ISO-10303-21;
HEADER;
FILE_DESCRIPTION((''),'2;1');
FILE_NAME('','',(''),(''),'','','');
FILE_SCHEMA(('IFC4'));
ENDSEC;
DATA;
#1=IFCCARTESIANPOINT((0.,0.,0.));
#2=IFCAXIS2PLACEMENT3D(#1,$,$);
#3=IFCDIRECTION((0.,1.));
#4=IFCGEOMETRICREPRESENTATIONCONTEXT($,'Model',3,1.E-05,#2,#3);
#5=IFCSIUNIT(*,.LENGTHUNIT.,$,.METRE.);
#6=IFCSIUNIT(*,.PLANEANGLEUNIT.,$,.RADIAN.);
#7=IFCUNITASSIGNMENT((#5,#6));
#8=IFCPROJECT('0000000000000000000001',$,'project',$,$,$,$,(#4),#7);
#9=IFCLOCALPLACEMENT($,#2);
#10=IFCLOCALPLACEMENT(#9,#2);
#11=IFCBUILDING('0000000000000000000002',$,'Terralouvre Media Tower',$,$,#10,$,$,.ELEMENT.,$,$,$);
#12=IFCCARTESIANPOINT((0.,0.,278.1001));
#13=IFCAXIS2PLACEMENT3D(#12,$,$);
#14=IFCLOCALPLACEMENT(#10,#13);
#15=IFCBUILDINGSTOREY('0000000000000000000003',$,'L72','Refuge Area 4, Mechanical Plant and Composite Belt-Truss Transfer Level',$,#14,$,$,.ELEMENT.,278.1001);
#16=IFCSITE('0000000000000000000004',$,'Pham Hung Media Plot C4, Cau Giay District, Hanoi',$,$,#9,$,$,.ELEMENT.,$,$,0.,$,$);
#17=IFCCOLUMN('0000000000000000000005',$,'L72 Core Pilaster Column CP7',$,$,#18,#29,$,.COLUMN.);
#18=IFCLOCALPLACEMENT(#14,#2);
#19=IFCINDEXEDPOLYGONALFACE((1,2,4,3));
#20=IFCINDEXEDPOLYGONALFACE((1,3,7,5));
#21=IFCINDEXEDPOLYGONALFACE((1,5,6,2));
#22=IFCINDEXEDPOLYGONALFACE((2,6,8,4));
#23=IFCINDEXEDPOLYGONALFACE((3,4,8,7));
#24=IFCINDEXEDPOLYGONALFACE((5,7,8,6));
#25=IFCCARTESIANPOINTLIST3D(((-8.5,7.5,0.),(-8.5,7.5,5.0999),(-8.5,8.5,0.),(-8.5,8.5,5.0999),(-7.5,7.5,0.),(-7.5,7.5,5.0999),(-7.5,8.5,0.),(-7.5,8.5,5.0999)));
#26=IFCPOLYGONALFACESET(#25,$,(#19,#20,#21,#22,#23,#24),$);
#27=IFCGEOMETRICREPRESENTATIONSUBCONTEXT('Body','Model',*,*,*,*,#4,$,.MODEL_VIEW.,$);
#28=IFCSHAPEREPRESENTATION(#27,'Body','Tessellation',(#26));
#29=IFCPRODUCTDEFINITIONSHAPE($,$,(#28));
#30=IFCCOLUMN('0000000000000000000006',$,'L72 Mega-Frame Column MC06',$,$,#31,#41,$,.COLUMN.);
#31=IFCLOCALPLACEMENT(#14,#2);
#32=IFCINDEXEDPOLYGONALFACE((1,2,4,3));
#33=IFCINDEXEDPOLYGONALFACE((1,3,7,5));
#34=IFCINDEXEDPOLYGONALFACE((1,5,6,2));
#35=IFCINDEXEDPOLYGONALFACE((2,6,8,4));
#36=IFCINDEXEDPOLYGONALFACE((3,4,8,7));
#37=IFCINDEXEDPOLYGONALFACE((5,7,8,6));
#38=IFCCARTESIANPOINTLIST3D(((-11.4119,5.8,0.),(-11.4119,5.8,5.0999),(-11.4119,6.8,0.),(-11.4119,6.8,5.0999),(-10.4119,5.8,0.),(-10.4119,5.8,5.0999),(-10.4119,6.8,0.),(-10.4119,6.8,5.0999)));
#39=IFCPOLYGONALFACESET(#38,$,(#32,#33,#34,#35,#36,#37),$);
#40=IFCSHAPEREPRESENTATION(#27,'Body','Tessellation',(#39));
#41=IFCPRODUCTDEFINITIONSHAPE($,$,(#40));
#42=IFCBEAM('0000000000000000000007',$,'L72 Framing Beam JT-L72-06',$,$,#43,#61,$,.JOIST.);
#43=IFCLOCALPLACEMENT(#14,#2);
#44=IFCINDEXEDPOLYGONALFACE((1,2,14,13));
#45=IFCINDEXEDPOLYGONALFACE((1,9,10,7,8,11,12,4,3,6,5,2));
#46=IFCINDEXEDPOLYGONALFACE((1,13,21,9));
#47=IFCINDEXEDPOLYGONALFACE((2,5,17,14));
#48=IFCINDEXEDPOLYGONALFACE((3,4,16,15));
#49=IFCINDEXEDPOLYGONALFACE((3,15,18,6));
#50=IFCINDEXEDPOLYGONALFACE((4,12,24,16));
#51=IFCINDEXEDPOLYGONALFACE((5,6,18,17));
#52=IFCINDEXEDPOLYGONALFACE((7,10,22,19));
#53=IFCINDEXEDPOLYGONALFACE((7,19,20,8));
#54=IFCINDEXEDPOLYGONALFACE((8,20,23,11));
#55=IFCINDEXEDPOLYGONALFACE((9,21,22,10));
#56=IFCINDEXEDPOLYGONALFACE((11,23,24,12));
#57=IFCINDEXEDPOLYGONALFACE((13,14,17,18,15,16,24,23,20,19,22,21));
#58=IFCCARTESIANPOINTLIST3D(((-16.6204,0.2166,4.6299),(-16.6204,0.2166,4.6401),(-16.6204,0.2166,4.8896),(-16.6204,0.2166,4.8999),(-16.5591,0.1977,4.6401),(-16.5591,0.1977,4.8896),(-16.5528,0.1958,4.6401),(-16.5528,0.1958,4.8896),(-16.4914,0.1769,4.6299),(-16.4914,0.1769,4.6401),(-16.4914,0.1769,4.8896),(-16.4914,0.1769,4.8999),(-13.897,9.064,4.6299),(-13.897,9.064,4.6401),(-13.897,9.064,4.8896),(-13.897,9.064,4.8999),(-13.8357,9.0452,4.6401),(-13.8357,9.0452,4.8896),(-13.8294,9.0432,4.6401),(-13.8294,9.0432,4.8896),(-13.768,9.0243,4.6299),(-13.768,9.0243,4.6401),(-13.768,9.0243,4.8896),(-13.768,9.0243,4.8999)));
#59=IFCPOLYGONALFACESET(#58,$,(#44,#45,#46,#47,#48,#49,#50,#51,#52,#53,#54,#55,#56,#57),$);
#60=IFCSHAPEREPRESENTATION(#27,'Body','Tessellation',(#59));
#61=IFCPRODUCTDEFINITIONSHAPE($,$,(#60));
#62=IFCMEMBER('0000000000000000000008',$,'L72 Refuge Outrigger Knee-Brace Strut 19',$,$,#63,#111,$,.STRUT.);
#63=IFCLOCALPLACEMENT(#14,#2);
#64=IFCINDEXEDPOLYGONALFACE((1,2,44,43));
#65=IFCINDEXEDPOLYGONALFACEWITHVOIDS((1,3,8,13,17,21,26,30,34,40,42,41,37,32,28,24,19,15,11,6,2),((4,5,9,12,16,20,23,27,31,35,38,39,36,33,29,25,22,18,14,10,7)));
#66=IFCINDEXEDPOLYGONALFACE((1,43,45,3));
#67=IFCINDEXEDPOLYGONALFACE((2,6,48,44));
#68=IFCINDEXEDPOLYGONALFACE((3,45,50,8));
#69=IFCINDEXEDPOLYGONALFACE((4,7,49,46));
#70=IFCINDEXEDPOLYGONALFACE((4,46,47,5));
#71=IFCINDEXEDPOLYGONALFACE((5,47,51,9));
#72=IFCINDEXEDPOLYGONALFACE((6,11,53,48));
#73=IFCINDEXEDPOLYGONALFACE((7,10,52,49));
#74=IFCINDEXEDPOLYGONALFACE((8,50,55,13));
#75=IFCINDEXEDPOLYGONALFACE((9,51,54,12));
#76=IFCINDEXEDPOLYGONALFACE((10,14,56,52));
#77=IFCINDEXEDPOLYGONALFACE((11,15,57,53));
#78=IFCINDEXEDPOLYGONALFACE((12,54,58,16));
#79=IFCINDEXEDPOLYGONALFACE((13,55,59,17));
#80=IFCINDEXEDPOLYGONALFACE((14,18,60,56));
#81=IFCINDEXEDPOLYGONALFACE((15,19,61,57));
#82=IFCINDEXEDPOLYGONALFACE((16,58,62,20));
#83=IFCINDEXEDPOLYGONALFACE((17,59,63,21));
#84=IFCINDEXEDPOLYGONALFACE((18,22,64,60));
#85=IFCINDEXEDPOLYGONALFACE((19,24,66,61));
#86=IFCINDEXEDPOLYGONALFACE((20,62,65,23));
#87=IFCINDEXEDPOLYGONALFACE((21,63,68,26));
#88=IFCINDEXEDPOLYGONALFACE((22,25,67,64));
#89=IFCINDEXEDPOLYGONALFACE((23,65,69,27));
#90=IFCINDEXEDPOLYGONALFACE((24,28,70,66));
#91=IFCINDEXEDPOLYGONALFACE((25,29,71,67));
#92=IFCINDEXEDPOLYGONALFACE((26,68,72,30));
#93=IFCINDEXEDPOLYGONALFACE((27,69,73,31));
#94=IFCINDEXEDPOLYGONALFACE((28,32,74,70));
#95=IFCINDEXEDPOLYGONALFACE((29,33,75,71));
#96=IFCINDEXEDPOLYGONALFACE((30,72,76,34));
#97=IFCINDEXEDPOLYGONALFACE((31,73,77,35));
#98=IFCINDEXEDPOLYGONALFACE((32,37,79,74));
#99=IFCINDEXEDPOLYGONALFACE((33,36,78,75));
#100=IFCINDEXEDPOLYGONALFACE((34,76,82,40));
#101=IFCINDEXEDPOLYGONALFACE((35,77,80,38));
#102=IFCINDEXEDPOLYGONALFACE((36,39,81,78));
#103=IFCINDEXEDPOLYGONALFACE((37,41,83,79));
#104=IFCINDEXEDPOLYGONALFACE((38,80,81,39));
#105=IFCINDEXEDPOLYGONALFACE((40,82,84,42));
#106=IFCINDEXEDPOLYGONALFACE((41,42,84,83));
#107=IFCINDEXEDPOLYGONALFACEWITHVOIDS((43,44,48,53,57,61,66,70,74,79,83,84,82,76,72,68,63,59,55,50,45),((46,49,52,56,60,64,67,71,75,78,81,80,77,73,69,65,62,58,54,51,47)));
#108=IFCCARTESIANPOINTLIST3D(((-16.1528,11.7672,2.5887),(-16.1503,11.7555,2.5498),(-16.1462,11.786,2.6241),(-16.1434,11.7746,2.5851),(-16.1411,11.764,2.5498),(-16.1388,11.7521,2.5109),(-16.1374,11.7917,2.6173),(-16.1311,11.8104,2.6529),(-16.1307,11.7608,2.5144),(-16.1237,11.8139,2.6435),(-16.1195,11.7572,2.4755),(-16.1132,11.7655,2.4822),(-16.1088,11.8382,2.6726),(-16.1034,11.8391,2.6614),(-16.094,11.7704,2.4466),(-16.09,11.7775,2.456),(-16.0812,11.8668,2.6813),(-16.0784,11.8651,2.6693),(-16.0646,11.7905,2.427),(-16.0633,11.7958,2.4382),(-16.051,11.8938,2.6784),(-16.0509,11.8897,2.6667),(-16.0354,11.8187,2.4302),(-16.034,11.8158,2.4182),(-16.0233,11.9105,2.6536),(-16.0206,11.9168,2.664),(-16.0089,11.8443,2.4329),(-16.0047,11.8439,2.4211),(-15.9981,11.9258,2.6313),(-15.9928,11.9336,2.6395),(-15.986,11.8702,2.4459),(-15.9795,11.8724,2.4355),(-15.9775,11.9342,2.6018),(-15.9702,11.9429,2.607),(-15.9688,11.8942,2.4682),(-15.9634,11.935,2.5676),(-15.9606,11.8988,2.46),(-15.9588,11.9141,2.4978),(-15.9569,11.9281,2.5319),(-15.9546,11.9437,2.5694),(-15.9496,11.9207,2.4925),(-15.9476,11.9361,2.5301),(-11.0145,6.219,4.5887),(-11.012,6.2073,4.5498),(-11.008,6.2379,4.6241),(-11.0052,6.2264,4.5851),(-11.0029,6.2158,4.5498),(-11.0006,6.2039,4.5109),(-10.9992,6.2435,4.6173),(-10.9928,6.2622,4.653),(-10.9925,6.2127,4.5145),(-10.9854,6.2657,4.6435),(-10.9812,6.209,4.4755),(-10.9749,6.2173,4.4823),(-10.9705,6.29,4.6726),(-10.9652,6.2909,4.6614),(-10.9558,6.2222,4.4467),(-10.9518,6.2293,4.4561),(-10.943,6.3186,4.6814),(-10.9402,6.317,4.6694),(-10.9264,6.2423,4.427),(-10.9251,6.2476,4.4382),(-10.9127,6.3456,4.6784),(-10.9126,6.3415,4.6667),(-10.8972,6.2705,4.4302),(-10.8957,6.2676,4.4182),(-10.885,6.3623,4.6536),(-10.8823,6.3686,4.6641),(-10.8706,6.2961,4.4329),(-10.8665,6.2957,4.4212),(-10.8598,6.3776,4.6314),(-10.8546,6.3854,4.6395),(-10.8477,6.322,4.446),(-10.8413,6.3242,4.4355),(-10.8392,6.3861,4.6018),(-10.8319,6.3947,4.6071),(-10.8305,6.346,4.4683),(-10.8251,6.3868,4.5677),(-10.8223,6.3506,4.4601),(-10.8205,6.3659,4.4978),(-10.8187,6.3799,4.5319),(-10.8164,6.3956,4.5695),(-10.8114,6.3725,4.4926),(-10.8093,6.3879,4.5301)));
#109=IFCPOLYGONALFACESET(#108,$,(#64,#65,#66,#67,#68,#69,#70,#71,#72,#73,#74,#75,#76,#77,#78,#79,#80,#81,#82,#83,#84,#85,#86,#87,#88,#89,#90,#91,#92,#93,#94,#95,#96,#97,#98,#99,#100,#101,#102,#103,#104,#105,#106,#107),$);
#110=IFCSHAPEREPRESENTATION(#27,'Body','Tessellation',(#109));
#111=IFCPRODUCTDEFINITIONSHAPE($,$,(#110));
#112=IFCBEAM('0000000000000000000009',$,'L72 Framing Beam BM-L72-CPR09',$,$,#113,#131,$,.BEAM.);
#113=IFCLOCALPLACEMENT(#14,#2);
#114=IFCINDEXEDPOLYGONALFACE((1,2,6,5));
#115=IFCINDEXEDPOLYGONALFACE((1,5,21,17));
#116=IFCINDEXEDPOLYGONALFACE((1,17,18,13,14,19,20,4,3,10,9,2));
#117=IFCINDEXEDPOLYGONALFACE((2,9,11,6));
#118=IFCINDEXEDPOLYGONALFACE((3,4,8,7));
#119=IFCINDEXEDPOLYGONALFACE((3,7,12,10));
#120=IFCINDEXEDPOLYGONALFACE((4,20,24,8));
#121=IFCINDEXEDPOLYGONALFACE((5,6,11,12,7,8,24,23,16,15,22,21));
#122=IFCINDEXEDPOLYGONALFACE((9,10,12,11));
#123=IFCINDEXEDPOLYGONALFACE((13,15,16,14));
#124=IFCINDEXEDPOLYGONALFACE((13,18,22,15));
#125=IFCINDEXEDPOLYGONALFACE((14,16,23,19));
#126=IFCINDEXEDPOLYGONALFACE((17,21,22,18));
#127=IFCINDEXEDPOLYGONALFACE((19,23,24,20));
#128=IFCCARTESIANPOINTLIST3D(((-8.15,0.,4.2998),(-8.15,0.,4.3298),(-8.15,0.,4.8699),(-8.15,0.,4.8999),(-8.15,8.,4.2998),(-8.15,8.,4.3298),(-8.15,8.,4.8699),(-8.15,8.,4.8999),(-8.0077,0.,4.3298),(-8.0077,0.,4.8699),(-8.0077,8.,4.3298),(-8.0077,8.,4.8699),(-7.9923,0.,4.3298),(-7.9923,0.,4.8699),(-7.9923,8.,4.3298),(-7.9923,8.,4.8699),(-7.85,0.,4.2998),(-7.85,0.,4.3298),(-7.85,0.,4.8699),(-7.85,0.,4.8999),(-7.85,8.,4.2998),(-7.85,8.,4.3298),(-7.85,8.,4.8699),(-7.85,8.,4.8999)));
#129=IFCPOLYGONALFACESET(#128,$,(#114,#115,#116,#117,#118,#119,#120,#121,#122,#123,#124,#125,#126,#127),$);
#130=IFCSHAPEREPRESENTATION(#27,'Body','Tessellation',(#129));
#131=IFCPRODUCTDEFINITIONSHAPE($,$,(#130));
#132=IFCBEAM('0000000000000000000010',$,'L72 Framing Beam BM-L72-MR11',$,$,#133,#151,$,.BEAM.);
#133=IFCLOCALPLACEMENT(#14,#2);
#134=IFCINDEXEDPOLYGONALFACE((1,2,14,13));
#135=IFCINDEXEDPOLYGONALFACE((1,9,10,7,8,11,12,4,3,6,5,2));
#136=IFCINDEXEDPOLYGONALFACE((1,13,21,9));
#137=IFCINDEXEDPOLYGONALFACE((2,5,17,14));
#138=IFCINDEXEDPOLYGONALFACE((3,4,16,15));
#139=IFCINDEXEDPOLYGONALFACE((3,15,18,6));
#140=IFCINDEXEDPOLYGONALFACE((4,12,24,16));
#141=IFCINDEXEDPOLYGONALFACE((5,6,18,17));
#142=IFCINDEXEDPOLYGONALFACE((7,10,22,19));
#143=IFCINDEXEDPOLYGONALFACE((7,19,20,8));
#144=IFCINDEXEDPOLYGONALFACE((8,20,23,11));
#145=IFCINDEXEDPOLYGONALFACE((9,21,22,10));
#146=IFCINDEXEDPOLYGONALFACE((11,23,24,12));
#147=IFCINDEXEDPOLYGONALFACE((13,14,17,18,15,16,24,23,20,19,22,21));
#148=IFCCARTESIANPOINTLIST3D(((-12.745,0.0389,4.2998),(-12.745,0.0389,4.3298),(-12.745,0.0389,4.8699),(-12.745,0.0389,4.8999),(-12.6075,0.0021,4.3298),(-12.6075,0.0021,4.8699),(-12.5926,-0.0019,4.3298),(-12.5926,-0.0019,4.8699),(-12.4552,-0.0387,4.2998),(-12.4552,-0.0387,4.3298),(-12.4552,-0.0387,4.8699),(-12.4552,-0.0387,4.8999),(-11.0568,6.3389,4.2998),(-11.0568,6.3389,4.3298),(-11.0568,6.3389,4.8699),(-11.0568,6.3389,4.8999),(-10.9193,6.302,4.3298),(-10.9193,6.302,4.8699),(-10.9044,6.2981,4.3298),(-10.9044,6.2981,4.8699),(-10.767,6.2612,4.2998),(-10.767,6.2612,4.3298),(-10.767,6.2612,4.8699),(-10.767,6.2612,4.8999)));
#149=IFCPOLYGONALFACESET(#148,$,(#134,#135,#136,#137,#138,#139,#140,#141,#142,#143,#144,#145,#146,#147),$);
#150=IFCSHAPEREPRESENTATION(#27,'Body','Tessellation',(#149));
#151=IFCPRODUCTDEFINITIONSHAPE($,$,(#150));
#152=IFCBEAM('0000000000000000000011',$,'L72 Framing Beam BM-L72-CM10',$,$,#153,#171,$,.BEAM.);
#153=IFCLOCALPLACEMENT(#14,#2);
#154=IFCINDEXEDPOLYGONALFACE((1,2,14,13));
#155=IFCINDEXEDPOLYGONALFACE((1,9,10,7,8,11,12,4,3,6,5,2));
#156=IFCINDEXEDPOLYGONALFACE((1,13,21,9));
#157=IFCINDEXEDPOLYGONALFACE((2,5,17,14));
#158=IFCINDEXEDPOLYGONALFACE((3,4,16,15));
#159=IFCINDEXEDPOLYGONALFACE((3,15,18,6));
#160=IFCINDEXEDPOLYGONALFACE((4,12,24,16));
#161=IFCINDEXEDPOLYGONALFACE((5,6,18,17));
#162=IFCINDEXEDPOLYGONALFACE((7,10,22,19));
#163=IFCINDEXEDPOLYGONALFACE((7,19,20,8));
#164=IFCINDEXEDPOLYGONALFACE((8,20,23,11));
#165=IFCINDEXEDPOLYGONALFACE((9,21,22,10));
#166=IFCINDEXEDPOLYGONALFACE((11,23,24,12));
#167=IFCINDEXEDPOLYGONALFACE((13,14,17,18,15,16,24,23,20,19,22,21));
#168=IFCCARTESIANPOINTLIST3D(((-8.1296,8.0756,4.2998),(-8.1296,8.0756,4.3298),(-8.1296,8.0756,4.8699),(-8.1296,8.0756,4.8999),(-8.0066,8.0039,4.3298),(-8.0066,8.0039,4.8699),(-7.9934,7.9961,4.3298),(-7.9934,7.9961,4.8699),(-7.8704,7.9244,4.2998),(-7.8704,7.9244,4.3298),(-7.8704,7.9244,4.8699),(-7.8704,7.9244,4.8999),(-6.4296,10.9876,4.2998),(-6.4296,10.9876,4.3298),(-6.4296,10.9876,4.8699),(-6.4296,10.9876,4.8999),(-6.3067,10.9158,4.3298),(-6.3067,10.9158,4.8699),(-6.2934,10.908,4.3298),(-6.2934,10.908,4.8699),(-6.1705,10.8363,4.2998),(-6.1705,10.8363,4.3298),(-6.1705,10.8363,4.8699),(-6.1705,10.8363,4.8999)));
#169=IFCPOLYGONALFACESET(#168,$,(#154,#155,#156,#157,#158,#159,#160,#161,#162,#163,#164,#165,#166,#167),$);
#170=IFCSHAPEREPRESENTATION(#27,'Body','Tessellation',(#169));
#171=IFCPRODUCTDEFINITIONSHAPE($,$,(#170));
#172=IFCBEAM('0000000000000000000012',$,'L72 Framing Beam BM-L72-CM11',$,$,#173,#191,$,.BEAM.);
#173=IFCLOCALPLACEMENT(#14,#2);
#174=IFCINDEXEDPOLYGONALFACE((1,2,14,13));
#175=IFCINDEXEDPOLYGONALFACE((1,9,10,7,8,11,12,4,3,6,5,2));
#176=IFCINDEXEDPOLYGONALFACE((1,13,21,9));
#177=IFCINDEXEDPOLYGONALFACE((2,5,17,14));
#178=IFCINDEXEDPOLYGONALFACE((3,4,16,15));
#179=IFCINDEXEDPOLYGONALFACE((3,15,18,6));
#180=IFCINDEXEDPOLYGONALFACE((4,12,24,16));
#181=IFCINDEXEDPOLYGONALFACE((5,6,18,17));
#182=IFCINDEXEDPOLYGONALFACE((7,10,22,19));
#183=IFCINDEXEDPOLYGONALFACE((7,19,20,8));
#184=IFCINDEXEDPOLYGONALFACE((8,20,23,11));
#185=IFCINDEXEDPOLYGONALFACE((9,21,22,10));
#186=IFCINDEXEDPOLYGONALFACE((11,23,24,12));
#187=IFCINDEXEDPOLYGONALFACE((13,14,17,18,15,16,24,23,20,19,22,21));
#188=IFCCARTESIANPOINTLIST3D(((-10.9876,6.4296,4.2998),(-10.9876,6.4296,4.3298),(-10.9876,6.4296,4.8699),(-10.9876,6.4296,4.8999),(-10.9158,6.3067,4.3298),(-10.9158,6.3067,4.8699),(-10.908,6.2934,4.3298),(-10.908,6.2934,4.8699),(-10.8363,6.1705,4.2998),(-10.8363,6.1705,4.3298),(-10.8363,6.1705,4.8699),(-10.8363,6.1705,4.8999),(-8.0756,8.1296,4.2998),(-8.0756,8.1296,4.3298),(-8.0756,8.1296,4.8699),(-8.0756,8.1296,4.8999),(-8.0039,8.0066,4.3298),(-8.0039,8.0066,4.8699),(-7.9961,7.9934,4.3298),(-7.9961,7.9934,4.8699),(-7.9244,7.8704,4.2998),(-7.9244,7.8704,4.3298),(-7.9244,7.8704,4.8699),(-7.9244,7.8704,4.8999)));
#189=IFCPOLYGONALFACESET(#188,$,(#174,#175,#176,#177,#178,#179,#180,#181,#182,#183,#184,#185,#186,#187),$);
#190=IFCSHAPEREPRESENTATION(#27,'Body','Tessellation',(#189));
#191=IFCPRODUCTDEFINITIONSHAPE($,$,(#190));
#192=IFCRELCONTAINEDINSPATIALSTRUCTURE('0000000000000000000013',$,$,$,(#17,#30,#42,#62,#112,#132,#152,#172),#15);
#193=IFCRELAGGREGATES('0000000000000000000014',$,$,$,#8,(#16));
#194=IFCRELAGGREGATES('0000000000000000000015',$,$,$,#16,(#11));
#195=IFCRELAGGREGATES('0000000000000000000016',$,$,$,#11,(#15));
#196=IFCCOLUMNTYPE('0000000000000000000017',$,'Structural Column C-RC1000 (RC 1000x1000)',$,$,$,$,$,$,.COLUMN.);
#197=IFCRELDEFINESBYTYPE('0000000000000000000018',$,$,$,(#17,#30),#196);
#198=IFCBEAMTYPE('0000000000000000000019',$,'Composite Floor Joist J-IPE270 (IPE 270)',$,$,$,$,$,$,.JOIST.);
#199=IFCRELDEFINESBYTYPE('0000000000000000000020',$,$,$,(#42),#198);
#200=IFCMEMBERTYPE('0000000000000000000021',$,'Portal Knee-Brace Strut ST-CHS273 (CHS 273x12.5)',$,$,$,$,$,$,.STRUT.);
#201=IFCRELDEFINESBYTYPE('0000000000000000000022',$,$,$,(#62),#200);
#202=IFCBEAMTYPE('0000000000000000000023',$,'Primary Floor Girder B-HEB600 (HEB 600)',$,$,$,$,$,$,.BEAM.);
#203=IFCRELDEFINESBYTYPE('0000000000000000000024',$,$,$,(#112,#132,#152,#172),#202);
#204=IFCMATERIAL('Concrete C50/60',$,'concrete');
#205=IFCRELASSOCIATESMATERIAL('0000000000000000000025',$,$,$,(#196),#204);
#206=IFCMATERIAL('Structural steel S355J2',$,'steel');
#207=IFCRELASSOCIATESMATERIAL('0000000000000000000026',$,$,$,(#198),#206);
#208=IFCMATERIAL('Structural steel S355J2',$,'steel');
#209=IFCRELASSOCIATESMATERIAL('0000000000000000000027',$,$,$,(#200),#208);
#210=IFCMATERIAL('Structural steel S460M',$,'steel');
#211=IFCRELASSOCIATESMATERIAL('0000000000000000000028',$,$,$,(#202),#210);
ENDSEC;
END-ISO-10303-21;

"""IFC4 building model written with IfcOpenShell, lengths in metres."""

from ifc_helpers import new_model, si_unit, direction, frame, origin, origin_2d, place, context, subcontext, project, spatial, rectangle, hollow_circle, i_section, extrude, material, material_profile, profile_set, type_object, element, save


model = new_model("IFC4")

# Units and contexts
model_context = context("Model", 3, precision=1e-05, world=origin(), true_north=direction((0.0, 1.0)))
body_context = subcontext(model_context, "Body", "Model", "MODEL_VIEW")
ifc_project = project(units=[si_unit("LENGTHUNIT", "METRE"), si_unit("PLANEANGLEUNIT", "RADIAN")], contexts=[model_context])

# Site, building, storey
site_placement = place(None, origin())
site = spatial("IfcSite", under=ifc_project, at=site_placement, Name="Pham Hung Media Plot C4, Cau Giay District, Hanoi", CompositionType="ELEMENT", RefElevation=0.0)
building_placement = place(site_placement, origin())
building = spatial("IfcBuilding", under=site, at=building_placement, Name="Terralouvre Media Tower", CompositionType="ELEMENT")
storey_placement = place(building_placement, frame((0.0, 0.0, 278.1001)))
storey = spatial("IfcBuildingStorey", under=building, at=storey_placement, Name="L72", Description="Refuge Area 4, Mechanical Plant and Composite Belt-Truss Transfer Level", CompositionType="ELEMENT", Elevation=278.1001)

# Columns
ifc_material_1 = material(Name="Concrete C50/60", Category="concrete")
ifc_material_profile_1 = material_profile(ifc_material_1, rectangle(XDim=1.0, YDim=1.0, at=origin_2d()), Name="RC 1000x1000")
ifc_profile_set_1 = profile_set([ifc_material_profile_1], Name="Concrete C50/60")
column_type = type_object("IfcColumnType", Name="Structural Column C-RC1000 (RC 1000x1000)", PredefinedType="COLUMN", material=ifc_profile_set_1)
for number, where, z_axis, x_axis, name in (
    (1, (-8.0, 8.0, 0.0), (0.0, 0.0, 1.0), (1.0, 0.0, 0.0), "L72 Core Pilaster Column CP7"),
    (2, (-10.9119, 6.3, 0.0), (0.0, 0.0, 1.0), (1.0, 0.0, 0.0), "L72 Mega-Frame Column MC06"),
):
    element("IfcColumn", number, at=place(storey_placement, frame(where, z_axis=z_axis, x_axis=x_axis)), inside=storey, type_object=column_type, Name=name, PredefinedType="COLUMN", context=body_context, shape_type="SweptSolid", body=[
        extrude(rectangle(XDim=1.0, YDim=1.0, at=origin_2d()), origin(), (0.0, 0.0, 1.0), 5.0999),
    ])

# Beam
ifc_material_2 = material(Name="Structural steel S355J2", Category="steel")
ifc_material_profile_2 = material_profile(ifc_material_2, i_section(OverallWidth=0.135, OverallDepth=0.27, WebThickness=0.0066, FlangeThickness=0.0103, at=origin_2d()), Name="IPE 270")
ifc_profile_set_2 = profile_set([ifc_material_profile_2], Name="Structural steel S355J2")
beam_type_1 = type_object("IfcBeamType", Name="Composite Floor Joist J-IPE270 (IPE 270)", PredefinedType="JOIST", material=ifc_profile_set_2)
beam_1_placement = place(storey_placement, frame((-13.8325, 9.0442, 4.7649), z_axis=(-0.294195, -0.955745, 0.0), x_axis=(0.955745, -0.294195, 0.0)))
element("IfcBeam", 3, at=beam_1_placement, inside=storey, type_object=beam_type_1, Name="L72 Framing Beam JT-L72-06", PredefinedType="JOIST", context=body_context, shape_type="SweptSolid", body=[
    extrude(i_section(OverallWidth=0.135, OverallDepth=0.27, WebThickness=0.0066, FlangeThickness=0.0103, at=origin_2d()), origin(), (0.0, 0.0, 1.0), 9.2571),
])

# Member
ifc_material_3 = material(Name="Structural steel S355J2", Category="steel")
ifc_material_profile_3 = material_profile(ifc_material_3, hollow_circle(Radius=0.1365, WallThickness=0.0125, at=origin_2d()), Name="CHS 273x12.5")
ifc_profile_set_3 = profile_set([ifc_material_profile_3], Name="Structural steel S355J2")
member_type = type_object("IfcMemberType", Name="Portal Knee-Brace Strut ST-CHS273 (CHS 273x12.5)", PredefinedType="STRUT", material=ifc_profile_set_3)
member_placement = place(storey_placement, frame((-10.9119, 6.3, 4.5498), z_axis=(-0.656896, 0.709302, -0.255692), x_axis=(-0.733691, -0.679483, 0.0)))
element("IfcMember", 4, at=member_placement, inside=storey, type_object=member_type, Name="L72 Refuge Outrigger Knee-Brace Strut 19", PredefinedType="STRUT", context=body_context, shape_type="SweptSolid", body=[
    extrude(hollow_circle(Radius=0.1365, WallThickness=0.0125, at=origin_2d()), origin(), (0.0, 0.0, 1.0), 7.822),
])

# Beams
ifc_material_4 = material(Name="Structural steel S460M", Category="steel")
ifc_material_profile_4 = material_profile(ifc_material_4, i_section(OverallWidth=0.3, OverallDepth=0.6001, WebThickness=0.0154, FlangeThickness=0.03, at=origin_2d()), Name="HEB 600")
ifc_profile_set_4 = profile_set([ifc_material_profile_4], Name="Structural steel S460M")
beam_type_2 = type_object("IfcBeamType", Name="Primary Floor Girder B-HEB600 (HEB 600)", PredefinedType="BEAM", material=ifc_profile_set_4)
beam_2_placement = place(storey_placement, frame((-8.0, 8.0, 4.5999), z_axis=(0.0, -1.0, 0.0), x_axis=(1.0, 0.0, 0.0)))
element("IfcBeam", 5, at=beam_2_placement, inside=storey, type_object=beam_type_2, Name="L72 Framing Beam BM-L72-CPR09", PredefinedType="BEAM", context=body_context, shape_type="SweptSolid", body=[
    extrude(i_section(OverallWidth=0.3, OverallDepth=0.6001, WebThickness=0.0154, FlangeThickness=0.03, at=origin_2d()), origin(), (0.0, 0.0, 1.0), 8.0),
])
beam_3_placement = place(storey_placement, frame((-10.9119, 6.3, 4.5999), z_axis=(-0.258839, -0.96592, 0.0), x_axis=(0.96592, -0.258839, 0.0)))
element("IfcBeam", 6, at=beam_3_placement, inside=storey, type_object=beam_type_2, Name="L72 Framing Beam BM-L72-MR11", PredefinedType="BEAM", context=body_context, shape_type="SweptSolid", body=[
    extrude(i_section(OverallWidth=0.3, OverallDepth=0.6001, WebThickness=0.0154, FlangeThickness=0.03, at=origin_2d()), origin(), (0.0, 0.0, 1.0), 6.5222),
])
for number, where, z_axis, x_axis, name in (
    (7, (-8.0, 8.0, 4.5999), (0.504173, 0.863603, 0.0), (-0.863603, 0.504173, 0.0), "L72 Framing Beam BM-L72-CM10"),
    (8, (-8.0, 8.0, 4.5999), (-0.863603, -0.504173, 0.0), (0.504173, -0.863603, 0.0), "L72 Framing Beam BM-L72-CM11"),
):
    element("IfcBeam", number, at=place(storey_placement, frame(where, z_axis=z_axis, x_axis=x_axis)), inside=storey, type_object=beam_type_2, Name=name, PredefinedType="BEAM", context=body_context, shape_type="SweptSolid", body=[
        extrude(i_section(OverallWidth=0.3, OverallDepth=0.6001, WebThickness=0.0154, FlangeThickness=0.03, at=origin_2d()), origin(), (0.0, 0.0, 1.0), 3.3718),
    ])

save(model, "model.ifc")
